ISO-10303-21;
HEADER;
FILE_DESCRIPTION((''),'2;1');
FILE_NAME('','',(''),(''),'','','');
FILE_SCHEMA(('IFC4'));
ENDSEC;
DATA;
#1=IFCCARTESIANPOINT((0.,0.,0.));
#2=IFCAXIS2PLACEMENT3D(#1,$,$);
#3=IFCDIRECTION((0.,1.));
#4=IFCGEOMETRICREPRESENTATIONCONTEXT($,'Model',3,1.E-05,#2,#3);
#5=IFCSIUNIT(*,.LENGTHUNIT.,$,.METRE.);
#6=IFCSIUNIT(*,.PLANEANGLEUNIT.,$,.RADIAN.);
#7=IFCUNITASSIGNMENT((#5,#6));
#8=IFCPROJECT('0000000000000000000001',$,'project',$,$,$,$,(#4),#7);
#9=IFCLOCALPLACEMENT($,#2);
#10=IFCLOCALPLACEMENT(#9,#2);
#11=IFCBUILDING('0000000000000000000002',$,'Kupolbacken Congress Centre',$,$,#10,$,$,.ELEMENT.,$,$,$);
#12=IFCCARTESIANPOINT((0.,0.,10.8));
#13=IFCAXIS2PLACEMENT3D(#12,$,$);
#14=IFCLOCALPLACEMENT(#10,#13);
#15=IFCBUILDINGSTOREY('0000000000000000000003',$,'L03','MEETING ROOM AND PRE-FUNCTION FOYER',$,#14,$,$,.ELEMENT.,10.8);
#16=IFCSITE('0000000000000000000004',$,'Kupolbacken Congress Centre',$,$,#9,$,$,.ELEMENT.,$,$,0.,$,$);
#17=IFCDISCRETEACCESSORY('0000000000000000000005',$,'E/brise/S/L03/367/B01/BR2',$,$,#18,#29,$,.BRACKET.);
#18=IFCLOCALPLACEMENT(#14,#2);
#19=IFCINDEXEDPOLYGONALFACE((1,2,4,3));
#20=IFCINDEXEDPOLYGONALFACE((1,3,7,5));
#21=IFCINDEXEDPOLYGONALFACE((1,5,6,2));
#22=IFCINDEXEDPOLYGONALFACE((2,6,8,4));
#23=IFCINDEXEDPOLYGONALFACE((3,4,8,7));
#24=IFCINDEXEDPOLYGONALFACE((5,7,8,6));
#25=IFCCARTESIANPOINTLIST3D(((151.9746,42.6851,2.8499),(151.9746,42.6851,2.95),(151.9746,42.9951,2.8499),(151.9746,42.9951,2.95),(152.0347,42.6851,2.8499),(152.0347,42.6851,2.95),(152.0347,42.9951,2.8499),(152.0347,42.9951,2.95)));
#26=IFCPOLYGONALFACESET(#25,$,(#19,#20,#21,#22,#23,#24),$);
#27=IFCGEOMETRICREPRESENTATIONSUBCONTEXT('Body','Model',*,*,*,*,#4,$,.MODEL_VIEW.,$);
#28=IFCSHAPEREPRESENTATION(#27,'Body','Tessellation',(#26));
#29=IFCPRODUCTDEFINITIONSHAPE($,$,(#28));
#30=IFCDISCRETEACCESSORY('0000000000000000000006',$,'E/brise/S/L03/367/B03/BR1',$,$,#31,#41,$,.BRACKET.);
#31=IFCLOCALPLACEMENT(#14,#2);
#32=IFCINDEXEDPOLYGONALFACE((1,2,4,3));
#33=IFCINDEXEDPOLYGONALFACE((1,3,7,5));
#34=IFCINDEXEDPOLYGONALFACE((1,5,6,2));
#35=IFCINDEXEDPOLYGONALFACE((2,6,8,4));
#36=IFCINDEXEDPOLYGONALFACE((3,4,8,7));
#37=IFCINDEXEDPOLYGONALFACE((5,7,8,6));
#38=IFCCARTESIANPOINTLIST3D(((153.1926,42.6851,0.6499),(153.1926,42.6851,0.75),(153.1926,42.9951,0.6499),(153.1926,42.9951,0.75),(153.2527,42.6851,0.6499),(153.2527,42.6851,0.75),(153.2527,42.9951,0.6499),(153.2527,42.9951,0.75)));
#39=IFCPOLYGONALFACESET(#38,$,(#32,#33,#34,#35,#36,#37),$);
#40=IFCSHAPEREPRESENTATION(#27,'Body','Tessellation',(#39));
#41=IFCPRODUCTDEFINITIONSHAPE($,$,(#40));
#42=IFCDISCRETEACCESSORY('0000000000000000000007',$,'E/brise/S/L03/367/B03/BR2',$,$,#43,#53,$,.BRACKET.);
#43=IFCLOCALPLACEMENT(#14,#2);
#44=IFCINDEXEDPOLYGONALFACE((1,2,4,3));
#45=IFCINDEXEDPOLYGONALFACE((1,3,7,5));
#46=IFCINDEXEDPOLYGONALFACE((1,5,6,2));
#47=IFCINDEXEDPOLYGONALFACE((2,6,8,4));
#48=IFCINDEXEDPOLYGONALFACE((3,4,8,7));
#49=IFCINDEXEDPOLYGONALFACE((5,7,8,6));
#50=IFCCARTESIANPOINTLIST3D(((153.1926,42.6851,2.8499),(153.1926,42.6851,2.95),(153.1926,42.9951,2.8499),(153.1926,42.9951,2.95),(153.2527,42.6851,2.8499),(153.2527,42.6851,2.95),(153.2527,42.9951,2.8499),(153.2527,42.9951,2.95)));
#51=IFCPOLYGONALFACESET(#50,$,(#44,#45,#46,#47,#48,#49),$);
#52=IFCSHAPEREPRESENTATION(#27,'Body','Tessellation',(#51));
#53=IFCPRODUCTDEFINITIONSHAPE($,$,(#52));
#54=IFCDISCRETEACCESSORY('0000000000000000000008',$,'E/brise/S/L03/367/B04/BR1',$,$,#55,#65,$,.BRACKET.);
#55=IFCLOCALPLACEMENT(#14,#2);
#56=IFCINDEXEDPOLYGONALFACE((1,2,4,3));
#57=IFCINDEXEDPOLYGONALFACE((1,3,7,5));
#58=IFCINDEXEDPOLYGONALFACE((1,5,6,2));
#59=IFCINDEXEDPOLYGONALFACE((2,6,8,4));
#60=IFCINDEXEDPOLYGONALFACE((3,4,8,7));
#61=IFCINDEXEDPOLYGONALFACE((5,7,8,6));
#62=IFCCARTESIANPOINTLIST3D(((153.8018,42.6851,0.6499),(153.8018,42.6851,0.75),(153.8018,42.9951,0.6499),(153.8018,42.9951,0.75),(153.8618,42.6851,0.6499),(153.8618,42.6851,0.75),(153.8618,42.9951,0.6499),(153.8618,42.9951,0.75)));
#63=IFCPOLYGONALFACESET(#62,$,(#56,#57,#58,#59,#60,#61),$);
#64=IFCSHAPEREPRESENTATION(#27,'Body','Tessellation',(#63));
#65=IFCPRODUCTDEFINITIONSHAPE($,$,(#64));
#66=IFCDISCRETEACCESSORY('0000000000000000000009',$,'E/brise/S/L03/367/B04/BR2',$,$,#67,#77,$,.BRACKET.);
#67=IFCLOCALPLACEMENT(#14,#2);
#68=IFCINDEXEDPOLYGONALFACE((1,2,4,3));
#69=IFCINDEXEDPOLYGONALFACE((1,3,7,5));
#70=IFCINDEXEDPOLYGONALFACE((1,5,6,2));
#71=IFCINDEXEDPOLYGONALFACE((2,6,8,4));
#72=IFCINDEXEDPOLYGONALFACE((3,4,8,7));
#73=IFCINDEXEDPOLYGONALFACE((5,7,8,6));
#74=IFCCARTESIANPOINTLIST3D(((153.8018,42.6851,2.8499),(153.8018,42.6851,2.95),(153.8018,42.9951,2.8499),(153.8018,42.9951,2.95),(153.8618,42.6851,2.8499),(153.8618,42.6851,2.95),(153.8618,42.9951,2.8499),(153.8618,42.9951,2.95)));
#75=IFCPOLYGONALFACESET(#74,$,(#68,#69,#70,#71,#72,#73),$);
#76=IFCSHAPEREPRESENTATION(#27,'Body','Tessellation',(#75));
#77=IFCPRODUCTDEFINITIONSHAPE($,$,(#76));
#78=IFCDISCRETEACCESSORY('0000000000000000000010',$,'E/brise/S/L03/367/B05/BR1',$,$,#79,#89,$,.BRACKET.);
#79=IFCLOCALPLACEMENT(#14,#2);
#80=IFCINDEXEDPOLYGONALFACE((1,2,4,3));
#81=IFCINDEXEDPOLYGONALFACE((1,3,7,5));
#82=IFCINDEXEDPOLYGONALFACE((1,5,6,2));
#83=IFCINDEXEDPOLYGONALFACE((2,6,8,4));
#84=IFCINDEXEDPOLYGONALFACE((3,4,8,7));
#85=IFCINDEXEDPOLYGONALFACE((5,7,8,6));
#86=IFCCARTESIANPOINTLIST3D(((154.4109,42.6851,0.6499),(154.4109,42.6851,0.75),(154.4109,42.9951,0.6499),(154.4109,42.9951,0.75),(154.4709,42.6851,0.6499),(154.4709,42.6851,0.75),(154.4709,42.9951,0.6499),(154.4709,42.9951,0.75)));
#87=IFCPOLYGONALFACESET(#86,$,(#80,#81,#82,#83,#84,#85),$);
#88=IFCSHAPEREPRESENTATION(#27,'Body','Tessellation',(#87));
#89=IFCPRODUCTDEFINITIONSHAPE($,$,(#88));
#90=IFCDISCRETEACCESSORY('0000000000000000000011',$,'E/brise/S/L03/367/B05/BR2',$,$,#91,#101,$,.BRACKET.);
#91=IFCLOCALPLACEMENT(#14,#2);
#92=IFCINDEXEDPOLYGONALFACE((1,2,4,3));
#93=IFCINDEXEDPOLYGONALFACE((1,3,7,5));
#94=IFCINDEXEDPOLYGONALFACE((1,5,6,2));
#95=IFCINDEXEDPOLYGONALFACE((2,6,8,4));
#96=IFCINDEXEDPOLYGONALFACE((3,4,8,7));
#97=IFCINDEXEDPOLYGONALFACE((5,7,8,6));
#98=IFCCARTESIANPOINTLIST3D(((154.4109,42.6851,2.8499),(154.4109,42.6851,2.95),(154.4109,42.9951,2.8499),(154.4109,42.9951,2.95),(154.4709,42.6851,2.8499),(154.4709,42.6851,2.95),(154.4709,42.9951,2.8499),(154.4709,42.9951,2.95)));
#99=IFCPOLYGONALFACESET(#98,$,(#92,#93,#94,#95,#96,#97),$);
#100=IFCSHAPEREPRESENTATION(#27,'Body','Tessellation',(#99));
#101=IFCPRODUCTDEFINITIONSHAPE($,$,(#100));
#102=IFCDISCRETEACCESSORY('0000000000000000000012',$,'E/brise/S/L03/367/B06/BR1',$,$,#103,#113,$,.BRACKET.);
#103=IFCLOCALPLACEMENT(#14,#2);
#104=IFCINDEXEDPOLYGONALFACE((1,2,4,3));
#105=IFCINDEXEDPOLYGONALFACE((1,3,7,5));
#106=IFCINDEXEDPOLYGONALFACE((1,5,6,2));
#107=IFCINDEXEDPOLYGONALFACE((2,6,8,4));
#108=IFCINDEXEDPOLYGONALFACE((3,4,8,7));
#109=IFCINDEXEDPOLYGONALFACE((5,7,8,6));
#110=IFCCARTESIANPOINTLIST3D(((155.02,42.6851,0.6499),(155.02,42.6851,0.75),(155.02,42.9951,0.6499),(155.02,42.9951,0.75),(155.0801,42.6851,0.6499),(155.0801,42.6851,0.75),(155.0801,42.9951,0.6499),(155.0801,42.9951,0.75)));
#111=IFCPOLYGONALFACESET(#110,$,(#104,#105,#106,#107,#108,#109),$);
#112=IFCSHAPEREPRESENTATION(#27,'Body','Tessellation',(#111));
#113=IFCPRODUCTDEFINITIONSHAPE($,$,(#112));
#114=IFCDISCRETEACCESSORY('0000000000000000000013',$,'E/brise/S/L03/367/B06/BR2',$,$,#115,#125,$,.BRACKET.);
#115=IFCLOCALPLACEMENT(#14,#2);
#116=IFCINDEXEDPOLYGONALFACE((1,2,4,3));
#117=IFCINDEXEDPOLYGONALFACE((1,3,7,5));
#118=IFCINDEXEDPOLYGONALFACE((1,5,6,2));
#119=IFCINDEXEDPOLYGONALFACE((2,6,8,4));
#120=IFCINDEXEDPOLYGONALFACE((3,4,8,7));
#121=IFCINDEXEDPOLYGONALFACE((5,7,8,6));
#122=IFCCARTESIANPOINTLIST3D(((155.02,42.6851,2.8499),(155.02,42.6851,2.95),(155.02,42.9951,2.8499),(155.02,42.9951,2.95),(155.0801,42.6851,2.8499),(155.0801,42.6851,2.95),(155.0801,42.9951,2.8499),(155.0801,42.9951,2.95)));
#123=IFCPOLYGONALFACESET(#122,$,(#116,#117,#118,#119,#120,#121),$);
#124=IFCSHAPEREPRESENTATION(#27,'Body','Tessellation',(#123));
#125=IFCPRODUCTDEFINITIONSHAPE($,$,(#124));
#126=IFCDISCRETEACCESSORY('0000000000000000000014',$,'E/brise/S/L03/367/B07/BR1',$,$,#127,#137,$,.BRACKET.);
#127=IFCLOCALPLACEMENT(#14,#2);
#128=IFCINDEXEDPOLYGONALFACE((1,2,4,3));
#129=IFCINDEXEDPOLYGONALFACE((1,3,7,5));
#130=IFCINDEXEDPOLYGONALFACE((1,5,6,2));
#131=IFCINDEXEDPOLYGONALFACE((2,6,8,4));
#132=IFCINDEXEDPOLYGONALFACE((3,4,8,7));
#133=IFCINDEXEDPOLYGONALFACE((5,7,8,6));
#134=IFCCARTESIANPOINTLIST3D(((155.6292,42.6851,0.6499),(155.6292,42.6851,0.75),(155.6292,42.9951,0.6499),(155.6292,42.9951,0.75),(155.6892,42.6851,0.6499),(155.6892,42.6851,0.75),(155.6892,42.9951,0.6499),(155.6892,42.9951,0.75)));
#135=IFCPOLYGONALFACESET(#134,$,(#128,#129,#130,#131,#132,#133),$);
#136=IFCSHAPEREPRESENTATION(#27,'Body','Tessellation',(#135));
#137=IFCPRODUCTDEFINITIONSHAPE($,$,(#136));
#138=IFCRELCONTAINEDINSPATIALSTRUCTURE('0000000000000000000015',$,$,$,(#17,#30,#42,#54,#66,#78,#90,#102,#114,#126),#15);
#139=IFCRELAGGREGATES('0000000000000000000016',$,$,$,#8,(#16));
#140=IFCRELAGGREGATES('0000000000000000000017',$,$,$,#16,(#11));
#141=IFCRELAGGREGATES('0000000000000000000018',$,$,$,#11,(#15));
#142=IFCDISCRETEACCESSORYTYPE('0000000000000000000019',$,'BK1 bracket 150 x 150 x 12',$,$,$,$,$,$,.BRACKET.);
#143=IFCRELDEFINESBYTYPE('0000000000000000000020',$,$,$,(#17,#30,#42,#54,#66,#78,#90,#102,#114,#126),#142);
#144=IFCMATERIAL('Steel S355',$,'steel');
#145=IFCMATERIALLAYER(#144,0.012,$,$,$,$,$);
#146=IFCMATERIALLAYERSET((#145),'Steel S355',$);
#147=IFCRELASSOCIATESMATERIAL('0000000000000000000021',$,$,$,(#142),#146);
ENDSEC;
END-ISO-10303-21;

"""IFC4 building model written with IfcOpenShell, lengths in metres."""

from ifc_helpers import new_model, si_unit, direction, frame, origin, origin_2d, place, context, subcontext, project, spatial, rectangle, extrude, material, layer, layer_set, type_object, element, save


model = new_model("IFC4")

# Units and contexts
model_context = context("Model", 3, precision=1e-05, world=origin(), true_north=direction((0.0, 1.0)))
body_context = subcontext(model_context, "Body", "Model", "MODEL_VIEW")
ifc_project = project(units=[si_unit("LENGTHUNIT", "METRE"), si_unit("PLANEANGLEUNIT", "RADIAN")], contexts=[model_context])

# Site, building, storey
site_placement = place(None, origin())
site = spatial("IfcSite", under=ifc_project, at=site_placement, Name="Kupolbacken Congress Centre", CompositionType="ELEMENT", RefElevation=0.0)
building_placement = place(site_placement, origin())
building = spatial("IfcBuilding", under=site, at=building_placement, Name="Kupolbacken Congress Centre", CompositionType="ELEMENT")
storey_placement = place(building_placement, frame((0.0, 0.0, 10.8)))
storey = spatial("IfcBuildingStorey", under=building, at=storey_placement, Name="L03", Description="MEETING ROOM AND PRE-FUNCTION FOYER", CompositionType="ELEMENT", Elevation=10.8)

# Discrete accessories
ifc_material_1 = material(Name="Steel S355", Category="steel")
ifc_layer_1 = layer(ifc_material_1, 0.012)
ifc_layer_set_1 = layer_set([ifc_layer_1], Name="Steel S355")
discrete_accessory_type = type_object("IfcDiscreteAccessoryType", Name="BK1 bracket 150 x 150 x 12", PredefinedType="BRACKET", material=ifc_layer_set_1)
for number, where, z_axis, x_axis, name in (
    (1, (152.0046, 42.8401, 2.8499), (0.0, 0.0, 1.0), (1.0, 0.0, 0.0), "E/brise/S/L03/367/B01/BR2"),
    (2, (153.2227, 42.8401, 0.6499), (0.0, 0.0, 1.0), (1.0, 0.0, 0.0), "E/brise/S/L03/367/B03/BR1"),
    (3, (153.2227, 42.8401, 2.8499), (0.0, 0.0, 1.0), (1.0, 0.0, 0.0), "E/brise/S/L03/367/B03/BR2"),
    (4, (153.8318, 42.8401, 0.6499), (0.0, 0.0, 1.0), (1.0, 0.0, 0.0), "E/brise/S/L03/367/B04/BR1"),
    (5, (153.8318, 42.8401, 2.8499), (0.0, 0.0, 1.0), (1.0, 0.0, 0.0), "E/brise/S/L03/367/B04/BR2"),
    (6, (154.4409, 42.8401, 0.6499), (0.0, 0.0, 1.0), (1.0, 0.0, 0.0), "E/brise/S/L03/367/B05/BR1"),
    (7, (154.4409, 42.8401, 2.8499), (0.0, 0.0, 1.0), (1.0, 0.0, 0.0), "E/brise/S/L03/367/B05/BR2"),
    (8, (155.05, 42.8401, 0.6499), (0.0, 0.0, 1.0), (1.0, 0.0, 0.0), "E/brise/S/L03/367/B06/BR1"),
    (9, (155.05, 42.8401, 2.8499), (0.0, 0.0, 1.0), (1.0, 0.0, 0.0), "E/brise/S/L03/367/B06/BR2"),
    (10, (155.6592, 42.8401, 0.6499), (0.0, 0.0, 1.0), (1.0, 0.0, 0.0), "E/brise/S/L03/367/B07/BR1"),
):
    element("IfcDiscreteAccessory", number, at=place(storey_placement, frame(where, z_axis=z_axis, x_axis=x_axis)), inside=storey, type_object=discrete_accessory_type, Name=name, PredefinedType="BRACKET", context=body_context, shape_type="SweptSolid", body=[
        extrude(rectangle(XDim=0.0601, YDim=0.3101, at=origin_2d()), origin(), (0.0, 0.0, 1.0), 0.1001),
    ])

save(model, "model.ifc")
